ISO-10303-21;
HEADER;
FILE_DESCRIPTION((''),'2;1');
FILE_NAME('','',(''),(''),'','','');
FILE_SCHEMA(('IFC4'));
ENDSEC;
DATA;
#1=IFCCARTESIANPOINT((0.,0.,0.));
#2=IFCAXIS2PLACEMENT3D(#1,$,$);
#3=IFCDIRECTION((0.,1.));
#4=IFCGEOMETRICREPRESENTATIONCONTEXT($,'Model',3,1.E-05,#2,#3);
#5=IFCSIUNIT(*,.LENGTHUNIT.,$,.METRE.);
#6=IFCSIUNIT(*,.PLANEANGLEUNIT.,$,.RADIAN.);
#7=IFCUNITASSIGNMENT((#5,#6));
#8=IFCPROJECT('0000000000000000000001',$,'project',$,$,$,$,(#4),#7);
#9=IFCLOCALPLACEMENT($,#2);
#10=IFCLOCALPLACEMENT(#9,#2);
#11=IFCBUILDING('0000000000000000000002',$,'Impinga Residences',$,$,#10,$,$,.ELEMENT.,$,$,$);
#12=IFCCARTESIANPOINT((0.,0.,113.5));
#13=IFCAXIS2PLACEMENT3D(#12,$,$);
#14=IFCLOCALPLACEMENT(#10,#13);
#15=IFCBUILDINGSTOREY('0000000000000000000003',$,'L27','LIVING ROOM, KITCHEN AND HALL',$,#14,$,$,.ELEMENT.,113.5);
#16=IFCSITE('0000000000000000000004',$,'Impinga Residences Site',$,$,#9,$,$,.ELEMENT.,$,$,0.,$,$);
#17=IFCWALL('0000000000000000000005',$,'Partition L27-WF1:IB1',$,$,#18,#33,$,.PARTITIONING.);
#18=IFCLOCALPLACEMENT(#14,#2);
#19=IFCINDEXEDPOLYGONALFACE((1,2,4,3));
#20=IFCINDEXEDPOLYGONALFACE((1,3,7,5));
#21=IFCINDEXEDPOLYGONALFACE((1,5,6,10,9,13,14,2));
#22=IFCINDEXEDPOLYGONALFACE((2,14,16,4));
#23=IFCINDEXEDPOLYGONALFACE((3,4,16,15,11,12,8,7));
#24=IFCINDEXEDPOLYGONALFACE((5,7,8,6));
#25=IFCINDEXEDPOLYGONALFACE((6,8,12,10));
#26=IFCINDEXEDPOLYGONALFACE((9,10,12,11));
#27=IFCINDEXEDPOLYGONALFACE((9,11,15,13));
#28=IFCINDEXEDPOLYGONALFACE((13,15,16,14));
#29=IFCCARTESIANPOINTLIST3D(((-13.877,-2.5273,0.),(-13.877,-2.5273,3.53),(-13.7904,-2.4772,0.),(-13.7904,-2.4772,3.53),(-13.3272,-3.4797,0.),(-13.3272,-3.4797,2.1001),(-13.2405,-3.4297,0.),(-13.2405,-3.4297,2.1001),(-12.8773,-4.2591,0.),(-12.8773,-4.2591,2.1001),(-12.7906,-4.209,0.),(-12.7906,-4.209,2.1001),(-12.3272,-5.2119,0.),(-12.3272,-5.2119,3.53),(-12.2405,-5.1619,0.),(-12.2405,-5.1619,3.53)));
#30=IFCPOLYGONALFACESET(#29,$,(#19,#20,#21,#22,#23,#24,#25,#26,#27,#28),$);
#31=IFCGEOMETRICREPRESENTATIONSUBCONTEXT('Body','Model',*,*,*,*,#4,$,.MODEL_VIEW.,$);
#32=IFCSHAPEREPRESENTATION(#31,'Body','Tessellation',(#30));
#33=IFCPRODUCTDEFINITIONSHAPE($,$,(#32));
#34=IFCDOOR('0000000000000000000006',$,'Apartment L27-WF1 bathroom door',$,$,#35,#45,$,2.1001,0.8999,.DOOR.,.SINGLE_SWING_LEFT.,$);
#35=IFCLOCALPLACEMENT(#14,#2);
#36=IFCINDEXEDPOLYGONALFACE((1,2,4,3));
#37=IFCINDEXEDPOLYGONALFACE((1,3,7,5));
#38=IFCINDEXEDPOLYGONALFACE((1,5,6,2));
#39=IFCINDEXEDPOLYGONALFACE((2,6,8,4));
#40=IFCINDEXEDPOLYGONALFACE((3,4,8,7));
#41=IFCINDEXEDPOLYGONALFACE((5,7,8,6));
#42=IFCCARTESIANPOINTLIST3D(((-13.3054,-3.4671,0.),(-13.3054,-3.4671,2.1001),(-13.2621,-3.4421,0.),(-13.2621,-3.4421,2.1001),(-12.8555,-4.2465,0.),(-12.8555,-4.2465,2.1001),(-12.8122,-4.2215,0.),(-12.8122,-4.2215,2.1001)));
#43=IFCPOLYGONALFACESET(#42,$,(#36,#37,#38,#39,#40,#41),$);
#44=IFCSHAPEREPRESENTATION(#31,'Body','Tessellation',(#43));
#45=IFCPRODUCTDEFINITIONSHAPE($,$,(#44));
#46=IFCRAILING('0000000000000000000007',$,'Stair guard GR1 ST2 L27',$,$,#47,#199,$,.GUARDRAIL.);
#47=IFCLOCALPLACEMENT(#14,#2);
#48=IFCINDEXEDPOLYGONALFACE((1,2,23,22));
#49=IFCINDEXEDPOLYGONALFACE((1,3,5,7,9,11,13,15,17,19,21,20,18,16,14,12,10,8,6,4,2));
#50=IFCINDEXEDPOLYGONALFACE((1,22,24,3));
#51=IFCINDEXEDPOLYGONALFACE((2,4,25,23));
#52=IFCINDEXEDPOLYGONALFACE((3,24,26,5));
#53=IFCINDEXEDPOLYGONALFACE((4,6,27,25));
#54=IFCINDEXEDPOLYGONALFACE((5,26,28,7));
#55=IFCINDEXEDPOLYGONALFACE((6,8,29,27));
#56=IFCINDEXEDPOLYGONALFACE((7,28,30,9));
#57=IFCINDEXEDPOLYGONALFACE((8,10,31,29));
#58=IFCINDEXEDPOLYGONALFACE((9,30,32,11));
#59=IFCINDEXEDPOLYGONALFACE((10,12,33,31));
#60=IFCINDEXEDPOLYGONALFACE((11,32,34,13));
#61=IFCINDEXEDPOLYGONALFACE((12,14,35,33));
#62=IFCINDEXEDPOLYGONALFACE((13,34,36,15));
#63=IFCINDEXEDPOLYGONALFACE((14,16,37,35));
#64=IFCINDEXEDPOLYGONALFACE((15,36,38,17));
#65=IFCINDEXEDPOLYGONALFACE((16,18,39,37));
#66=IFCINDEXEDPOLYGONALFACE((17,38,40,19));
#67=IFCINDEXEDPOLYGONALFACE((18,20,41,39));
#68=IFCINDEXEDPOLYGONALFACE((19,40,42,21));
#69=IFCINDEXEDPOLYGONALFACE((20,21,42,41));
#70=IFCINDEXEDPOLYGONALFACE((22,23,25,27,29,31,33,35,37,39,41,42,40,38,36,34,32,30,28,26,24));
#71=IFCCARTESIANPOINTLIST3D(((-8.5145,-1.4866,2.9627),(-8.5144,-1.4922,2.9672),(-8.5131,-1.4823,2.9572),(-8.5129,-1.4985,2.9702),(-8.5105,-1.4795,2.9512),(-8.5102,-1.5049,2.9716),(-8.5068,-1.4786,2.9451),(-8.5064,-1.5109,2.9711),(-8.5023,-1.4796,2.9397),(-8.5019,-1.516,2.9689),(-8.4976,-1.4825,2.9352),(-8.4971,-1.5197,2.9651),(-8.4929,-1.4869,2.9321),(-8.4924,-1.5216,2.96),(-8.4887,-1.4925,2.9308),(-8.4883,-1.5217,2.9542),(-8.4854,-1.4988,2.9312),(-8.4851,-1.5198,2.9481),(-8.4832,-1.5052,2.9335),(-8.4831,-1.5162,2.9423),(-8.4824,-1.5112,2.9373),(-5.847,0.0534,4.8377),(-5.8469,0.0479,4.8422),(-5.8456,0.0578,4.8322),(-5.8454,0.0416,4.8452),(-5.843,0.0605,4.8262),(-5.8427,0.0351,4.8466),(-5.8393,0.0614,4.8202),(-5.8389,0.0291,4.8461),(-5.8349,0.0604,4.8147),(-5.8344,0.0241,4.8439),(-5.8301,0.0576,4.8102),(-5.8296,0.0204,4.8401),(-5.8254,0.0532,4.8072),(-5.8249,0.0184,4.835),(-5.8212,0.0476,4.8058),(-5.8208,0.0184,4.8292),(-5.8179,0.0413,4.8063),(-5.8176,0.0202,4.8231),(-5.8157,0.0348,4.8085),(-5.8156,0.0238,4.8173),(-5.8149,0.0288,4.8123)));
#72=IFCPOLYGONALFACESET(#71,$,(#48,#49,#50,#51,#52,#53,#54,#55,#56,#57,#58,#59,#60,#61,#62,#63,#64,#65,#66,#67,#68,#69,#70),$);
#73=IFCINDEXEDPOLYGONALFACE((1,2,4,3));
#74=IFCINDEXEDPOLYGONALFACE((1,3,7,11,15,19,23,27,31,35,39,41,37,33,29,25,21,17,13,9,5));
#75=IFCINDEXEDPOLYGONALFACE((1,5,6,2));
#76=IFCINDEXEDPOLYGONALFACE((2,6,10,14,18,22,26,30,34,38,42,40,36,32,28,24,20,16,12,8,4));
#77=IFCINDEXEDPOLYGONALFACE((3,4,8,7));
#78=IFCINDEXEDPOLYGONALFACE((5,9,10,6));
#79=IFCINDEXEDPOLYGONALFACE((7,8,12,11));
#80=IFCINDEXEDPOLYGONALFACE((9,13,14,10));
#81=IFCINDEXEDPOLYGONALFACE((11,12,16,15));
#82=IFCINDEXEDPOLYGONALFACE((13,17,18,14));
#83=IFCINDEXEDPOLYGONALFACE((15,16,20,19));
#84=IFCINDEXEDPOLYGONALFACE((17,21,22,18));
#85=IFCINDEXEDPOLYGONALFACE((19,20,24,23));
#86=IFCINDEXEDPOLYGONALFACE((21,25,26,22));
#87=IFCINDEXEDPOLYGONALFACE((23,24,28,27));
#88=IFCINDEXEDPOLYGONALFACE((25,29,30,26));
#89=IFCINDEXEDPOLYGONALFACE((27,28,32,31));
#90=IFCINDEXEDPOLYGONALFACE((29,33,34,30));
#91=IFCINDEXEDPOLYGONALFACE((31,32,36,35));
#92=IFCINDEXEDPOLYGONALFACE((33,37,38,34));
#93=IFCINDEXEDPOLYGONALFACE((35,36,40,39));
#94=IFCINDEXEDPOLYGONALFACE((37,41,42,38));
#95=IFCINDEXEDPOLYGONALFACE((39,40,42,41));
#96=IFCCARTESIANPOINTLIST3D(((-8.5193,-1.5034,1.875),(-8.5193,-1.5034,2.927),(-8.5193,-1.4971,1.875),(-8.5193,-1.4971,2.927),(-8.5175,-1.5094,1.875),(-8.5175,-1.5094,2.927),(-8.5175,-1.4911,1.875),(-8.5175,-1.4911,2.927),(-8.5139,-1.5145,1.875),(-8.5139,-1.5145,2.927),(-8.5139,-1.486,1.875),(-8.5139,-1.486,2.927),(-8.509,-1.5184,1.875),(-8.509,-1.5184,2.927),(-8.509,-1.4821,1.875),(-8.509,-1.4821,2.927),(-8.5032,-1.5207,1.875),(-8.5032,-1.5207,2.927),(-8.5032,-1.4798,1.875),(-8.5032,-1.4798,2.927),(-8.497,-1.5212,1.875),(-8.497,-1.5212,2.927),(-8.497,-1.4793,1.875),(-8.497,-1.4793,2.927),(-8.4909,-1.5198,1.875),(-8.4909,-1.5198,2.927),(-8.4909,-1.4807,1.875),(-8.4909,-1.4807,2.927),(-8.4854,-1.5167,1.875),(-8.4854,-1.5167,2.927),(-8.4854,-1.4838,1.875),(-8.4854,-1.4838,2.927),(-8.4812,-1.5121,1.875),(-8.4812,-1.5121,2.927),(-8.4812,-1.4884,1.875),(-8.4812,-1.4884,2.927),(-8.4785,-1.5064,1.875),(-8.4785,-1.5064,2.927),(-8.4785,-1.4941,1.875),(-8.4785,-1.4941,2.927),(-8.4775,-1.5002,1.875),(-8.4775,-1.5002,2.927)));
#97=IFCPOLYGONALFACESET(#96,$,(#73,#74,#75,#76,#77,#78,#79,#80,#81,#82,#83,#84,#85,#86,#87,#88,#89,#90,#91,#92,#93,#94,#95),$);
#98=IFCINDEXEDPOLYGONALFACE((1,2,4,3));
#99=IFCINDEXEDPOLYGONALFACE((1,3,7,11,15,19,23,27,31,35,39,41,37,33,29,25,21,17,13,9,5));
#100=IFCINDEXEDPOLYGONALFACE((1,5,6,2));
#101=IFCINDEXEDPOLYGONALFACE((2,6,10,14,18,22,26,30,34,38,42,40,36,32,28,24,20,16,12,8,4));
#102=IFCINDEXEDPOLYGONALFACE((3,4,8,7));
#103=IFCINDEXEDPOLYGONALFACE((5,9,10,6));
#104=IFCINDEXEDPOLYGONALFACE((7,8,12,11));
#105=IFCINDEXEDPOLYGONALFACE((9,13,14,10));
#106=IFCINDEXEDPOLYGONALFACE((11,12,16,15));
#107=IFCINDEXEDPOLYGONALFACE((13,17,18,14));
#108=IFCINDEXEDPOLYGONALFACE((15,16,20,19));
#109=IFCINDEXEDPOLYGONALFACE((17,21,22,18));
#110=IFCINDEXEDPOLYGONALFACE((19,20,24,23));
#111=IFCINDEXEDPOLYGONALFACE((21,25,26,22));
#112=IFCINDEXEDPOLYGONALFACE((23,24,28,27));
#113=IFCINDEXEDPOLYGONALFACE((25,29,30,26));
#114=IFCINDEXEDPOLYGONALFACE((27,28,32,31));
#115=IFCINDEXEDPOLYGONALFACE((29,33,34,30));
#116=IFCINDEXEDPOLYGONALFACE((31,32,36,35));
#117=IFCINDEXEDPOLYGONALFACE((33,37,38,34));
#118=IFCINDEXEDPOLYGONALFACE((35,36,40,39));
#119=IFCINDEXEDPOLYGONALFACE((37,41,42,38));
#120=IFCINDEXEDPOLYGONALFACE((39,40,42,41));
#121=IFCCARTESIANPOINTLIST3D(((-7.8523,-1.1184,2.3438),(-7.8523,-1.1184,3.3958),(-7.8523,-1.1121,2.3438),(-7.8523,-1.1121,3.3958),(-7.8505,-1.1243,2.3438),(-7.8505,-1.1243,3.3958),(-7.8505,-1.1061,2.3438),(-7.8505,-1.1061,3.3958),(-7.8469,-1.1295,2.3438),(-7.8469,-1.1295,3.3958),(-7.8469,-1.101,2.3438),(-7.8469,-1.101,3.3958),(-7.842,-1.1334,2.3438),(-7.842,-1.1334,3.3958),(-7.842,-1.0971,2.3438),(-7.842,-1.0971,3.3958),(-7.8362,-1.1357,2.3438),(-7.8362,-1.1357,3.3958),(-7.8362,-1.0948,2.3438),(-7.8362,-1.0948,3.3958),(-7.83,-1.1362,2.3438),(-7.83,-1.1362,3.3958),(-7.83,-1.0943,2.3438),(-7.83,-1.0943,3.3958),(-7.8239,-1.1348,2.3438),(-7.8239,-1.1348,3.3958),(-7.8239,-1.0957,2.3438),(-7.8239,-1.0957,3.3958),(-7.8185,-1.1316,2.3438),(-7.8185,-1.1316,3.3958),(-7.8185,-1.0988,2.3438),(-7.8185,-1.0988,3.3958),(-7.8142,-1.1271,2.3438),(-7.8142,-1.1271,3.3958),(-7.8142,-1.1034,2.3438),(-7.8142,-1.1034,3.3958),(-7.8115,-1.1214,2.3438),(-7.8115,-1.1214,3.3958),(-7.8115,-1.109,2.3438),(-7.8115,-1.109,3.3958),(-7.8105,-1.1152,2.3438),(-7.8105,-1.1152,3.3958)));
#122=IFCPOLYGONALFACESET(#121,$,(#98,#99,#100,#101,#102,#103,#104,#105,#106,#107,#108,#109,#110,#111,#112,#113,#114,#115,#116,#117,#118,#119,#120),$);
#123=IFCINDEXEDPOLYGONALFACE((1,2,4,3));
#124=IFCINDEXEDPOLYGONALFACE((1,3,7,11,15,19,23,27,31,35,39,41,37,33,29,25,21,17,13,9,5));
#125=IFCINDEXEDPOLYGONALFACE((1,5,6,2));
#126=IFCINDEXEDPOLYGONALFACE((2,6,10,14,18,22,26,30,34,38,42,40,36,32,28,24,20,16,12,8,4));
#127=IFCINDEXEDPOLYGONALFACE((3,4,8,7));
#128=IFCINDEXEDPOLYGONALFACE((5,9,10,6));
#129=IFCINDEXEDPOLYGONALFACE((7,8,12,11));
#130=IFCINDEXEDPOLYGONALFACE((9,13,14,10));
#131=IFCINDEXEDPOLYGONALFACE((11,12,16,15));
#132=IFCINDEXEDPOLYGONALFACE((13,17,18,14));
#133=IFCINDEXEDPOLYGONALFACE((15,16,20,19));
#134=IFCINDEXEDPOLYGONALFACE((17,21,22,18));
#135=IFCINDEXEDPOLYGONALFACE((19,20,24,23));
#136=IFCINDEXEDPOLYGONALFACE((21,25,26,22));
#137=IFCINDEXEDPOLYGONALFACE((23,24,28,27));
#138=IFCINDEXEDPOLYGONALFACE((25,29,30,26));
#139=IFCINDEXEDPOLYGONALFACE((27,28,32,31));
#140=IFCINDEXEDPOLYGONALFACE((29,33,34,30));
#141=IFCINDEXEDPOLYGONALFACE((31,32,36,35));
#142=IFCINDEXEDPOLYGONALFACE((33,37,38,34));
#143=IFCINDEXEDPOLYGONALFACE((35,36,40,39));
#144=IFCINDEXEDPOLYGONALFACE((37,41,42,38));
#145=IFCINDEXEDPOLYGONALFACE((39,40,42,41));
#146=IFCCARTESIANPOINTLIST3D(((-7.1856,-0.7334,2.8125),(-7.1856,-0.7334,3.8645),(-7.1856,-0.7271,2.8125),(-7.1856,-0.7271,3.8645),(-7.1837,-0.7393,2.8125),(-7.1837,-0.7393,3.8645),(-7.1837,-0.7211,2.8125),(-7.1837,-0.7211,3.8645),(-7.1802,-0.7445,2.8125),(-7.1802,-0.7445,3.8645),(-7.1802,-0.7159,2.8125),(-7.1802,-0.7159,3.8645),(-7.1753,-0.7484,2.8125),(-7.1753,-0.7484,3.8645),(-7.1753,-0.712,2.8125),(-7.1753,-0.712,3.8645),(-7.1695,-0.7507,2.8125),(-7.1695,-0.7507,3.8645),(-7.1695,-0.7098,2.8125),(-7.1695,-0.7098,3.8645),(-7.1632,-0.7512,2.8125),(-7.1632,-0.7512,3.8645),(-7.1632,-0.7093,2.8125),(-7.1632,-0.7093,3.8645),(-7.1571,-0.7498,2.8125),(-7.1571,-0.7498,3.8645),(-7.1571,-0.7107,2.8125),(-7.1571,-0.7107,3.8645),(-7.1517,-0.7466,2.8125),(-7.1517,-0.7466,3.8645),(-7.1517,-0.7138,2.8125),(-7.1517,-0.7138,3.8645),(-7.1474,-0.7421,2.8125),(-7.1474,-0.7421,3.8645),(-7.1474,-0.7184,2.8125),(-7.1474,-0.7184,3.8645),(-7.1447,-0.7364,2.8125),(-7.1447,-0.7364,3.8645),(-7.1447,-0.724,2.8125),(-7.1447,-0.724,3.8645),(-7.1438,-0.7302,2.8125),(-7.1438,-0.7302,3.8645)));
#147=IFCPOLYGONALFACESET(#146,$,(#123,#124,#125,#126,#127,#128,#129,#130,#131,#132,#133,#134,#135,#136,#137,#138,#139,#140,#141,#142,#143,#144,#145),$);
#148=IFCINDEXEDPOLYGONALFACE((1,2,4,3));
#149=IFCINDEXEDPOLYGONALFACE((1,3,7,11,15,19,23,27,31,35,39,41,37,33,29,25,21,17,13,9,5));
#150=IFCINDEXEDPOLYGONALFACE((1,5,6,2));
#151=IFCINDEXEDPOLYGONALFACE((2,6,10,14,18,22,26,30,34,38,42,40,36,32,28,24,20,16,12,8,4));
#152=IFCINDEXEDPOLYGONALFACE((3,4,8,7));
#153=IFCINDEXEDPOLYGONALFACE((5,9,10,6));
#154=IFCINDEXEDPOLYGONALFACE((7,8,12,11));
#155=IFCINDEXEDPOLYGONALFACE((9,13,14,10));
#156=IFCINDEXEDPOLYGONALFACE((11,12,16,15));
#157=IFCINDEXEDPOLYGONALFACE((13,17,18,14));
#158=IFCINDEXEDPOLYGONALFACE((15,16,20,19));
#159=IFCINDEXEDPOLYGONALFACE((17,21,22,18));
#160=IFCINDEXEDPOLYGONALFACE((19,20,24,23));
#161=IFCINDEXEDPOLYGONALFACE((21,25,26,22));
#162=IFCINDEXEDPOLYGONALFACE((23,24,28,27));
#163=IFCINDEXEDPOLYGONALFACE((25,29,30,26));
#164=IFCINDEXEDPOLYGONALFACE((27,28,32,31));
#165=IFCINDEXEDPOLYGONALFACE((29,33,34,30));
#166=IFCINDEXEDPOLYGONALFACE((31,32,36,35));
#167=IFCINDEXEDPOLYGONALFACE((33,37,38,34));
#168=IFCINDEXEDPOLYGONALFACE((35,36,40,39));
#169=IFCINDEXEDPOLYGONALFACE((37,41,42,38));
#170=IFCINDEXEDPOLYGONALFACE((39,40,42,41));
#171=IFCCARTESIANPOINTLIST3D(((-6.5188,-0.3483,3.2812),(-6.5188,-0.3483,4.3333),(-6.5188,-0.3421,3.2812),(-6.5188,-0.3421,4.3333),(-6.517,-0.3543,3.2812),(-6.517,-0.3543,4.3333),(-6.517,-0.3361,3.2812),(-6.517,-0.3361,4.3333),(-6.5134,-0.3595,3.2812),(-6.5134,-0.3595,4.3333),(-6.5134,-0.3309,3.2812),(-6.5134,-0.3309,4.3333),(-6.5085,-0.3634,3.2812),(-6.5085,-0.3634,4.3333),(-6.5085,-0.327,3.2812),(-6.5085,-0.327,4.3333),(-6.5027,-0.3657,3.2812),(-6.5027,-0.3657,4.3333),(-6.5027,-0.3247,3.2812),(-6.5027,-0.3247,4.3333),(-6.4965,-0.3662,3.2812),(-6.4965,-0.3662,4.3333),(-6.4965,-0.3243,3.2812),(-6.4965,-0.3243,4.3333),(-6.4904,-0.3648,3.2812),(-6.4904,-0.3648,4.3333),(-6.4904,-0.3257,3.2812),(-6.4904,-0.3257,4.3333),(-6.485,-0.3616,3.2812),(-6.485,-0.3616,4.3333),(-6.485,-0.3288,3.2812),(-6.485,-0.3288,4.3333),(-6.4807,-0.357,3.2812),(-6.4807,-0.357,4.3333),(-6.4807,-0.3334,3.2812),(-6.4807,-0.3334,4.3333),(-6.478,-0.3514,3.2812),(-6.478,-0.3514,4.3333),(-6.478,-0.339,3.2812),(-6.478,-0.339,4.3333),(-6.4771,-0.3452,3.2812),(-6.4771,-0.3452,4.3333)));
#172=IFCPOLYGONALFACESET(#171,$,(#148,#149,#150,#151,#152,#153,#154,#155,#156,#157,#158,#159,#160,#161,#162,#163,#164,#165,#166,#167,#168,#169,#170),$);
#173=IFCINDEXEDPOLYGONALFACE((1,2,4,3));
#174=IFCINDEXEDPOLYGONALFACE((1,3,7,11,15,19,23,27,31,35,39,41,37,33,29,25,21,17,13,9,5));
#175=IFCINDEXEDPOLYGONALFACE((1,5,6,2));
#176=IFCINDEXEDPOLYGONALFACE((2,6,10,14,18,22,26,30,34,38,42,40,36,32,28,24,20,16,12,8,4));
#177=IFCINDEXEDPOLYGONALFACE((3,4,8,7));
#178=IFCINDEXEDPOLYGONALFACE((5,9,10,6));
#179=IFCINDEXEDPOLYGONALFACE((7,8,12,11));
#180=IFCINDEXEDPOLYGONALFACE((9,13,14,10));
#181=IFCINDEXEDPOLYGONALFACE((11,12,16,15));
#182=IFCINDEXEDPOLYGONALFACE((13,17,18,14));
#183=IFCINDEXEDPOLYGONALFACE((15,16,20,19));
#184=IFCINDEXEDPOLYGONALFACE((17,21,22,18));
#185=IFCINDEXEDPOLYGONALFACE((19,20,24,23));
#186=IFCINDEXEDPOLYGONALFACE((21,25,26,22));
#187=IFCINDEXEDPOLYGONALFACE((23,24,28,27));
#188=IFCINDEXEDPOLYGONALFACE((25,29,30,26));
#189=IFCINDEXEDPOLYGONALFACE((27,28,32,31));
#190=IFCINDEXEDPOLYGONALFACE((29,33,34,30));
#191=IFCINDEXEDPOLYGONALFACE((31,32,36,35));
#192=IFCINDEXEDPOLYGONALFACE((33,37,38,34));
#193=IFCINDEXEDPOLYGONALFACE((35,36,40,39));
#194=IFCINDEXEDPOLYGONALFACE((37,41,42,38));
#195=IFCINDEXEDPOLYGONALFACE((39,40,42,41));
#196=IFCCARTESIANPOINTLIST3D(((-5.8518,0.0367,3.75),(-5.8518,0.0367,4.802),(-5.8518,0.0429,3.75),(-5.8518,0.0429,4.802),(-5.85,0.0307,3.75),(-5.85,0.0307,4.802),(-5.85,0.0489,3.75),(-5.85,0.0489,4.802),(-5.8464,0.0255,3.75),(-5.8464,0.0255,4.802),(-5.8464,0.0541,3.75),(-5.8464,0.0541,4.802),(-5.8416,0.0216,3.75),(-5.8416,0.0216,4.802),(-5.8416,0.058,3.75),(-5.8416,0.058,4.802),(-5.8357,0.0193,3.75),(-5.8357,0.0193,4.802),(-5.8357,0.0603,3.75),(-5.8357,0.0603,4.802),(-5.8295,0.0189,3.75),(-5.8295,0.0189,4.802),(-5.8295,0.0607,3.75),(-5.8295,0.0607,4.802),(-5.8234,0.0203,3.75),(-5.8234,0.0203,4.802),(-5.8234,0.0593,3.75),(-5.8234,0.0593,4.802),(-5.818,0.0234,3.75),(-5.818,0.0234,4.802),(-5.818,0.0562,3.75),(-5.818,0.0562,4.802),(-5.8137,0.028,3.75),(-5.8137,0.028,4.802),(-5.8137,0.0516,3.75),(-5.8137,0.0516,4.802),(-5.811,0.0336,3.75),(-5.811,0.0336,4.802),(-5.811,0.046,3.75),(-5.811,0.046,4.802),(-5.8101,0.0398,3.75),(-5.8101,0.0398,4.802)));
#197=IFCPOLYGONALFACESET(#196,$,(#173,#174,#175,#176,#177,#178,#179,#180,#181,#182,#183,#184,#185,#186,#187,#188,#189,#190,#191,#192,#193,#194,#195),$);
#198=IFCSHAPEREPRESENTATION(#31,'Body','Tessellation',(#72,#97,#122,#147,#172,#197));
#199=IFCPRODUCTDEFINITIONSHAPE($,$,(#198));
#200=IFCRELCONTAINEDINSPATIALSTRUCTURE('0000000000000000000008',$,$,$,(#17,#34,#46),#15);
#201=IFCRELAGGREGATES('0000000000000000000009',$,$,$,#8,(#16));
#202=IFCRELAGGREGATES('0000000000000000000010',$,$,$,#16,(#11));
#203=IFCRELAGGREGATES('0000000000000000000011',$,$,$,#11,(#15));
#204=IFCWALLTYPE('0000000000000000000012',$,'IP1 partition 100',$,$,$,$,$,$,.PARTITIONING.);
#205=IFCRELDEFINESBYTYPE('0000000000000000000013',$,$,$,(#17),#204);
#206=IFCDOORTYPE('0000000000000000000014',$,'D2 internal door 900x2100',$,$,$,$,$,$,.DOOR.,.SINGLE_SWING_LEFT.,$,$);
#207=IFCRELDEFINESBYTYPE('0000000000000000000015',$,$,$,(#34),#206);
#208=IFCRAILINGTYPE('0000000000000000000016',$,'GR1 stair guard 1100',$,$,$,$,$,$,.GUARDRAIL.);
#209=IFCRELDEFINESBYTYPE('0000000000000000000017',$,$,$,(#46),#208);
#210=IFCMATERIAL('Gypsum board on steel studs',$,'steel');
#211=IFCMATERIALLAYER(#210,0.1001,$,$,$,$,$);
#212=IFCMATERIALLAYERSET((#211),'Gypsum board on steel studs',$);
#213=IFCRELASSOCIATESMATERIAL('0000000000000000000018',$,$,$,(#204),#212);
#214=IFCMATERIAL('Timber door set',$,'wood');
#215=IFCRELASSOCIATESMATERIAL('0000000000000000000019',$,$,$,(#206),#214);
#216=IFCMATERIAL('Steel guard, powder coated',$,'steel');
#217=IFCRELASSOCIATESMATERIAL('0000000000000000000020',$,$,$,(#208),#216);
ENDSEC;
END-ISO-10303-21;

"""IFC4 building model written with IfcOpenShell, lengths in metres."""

from ifc_helpers import new_model, si_unit, direction, frame, frame_2d, origin, origin_2d, place, context, subcontext, project, spatial, rectangle, circle, extrude, material, layer, layer_set, type_object, element, fill, save


model = new_model("IFC4")

# Units and contexts
model_context = context("Model", 3, precision=1e-05, world=origin(), true_north=direction((0.0, 1.0)))
body_context = subcontext(model_context, "Body", "Model", "MODEL_VIEW")
ifc_project = project(units=[si_unit("LENGTHUNIT", "METRE"), si_unit("PLANEANGLEUNIT", "RADIAN")], contexts=[model_context])

# Site, building, storey
site_placement = place(None, origin())
site = spatial("IfcSite", under=ifc_project, at=site_placement, Name="Impinga Residences Site", CompositionType="ELEMENT", RefElevation=0.0)
building_placement = place(site_placement, origin())
building = spatial("IfcBuilding", under=site, at=building_placement, Name="Impinga Residences", CompositionType="ELEMENT")
storey_placement = place(building_placement, frame((0.0, 0.0, 113.5)))
storey = spatial("IfcBuildingStorey", under=building, at=storey_placement, Name="L27", Description="LIVING ROOM, KITCHEN AND HALL", CompositionType="ELEMENT", Elevation=113.5)

# Shared definitions
ifc_material_1 = material(Name="Timber door set", Category="wood")

# Shared definitions
ifc_material_2 = material(Name="Gypsum board on steel studs", Category="steel")
ifc_layer_1 = layer(ifc_material_2, 0.1001)
ifc_layer_set_1 = layer_set([ifc_layer_1], Name="Gypsum board on steel studs")
wall_type_1 = type_object("IfcWallType", Name="IP1 partition 100", PredefinedType="PARTITIONING", material=ifc_layer_set_1)
door_type_1 = type_object("IfcDoorType", Name="D2 internal door 900x2100", OperationType="SINGLE_SWING_LEFT", PredefinedType="DOOR", material=ifc_material_1)

# Wall, opening, door
wall_1_placement = place(storey_placement, frame((-12.2839, -5.1868, 0.0), z_axis=(0.0, 0.0, 1.0), x_axis=(-0.499968, 0.866044, 0.0)))
wall_1 = element("IfcWall", 1, at=wall_1_placement, inside=storey, type_object=wall_type_1, Name="Partition L27-WF1:IB1", PredefinedType="PARTITIONING", context=body_context, shape_type="SweptSolid", body=[
    extrude(rectangle(XDim=3.0999, YDim=0.1001, at=frame_2d((1.5498, 0.0))), origin(), (0.0, 0.0, 1.0), 3.53),
])
opening_1_placement = place(wall_1_placement, frame((1.1001, 0.0, 0.0)))
opening_1 = element("IfcOpeningElement", 2, at=opening_1_placement, cuts=wall_1, PredefinedType="OPENING", context=body_context, shape_type="SweptSolid", body=[
    extrude(rectangle(XDim=0.8999, YDim=2.1001, at=frame_2d((0.45, 1.05))), frame((0.0, 0.0601, 0.0), z_axis=(0.0, -1.0, 0.0), x_axis=(1.0, 0.0, 0.0)), (0.0, 0.0, 1.0), 0.1201),
])
door_1_placement = place(opening_1_placement, origin())
door_1 = element("IfcDoor", 3, at=door_1_placement, inside=storey, type_object=door_type_1, Name="Apartment L27-WF1 bathroom door", OperationType="SINGLE_SWING_LEFT", OverallHeight=2.1001, OverallWidth=0.8999, PredefinedType="DOOR", context=body_context, shape_type="SweptSolid", body=[
    extrude(rectangle(XDim=0.8999, YDim=2.1001, at=frame_2d((0.45, 1.05))), frame((0.0, 0.0249, 0.0), z_axis=(0.0, -1.0, 0.0), x_axis=(1.0, 0.0, 0.0)), (0.0, 0.0, 1.0), 0.05),
])
fill(opening_1, door_1)

# Railing
ifc_material_3 = material(Name="Steel guard, powder coated", Category="steel")
railing_type = type_object("IfcRailingType", Name="GR1 stair guard 1100", PredefinedType="GUARDRAIL", material=ifc_material_3)
railing_placement = place(storey_placement, frame((-8.4985, -1.5002, 1.875)))
element("IfcRailing", 4, at=railing_placement, inside=storey, type_object=railing_type, Name="Stair guard GR1 ST2 L27", PredefinedType="GUARDRAIL", context=body_context, shape_type="SweptSolid", body=[
    extrude(circle(Radius=0.0239, at=origin_2d()), frame((0.0, 0.0, 1.0762), z_axis=(0.739746, 0.427084, 0.519975), x_axis=(-0.499992, 0.86603, 0.0)), (0.0, 0.0, 1.0), 3.606),
    extrude(circle(Radius=0.021, at=origin_2d()), origin(), (0.0, 0.0, 1.0), 1.052),
    extrude(circle(Radius=0.021, at=origin_2d()), frame((0.667, 0.385, 0.4688)), (0.0, 0.0, 1.0), 1.052),
    extrude(circle(Radius=0.021, at=origin_2d()), frame((1.3337, 0.77, 0.9375)), (0.0, 0.0, 1.0), 1.052),
    extrude(circle(Radius=0.021, at=origin_2d()), frame((2.0005, 1.155, 1.4062)), (0.0, 0.0, 1.0), 1.052),
    extrude(circle(Radius=0.021, at=origin_2d()), frame((2.6675, 1.54, 1.875)), (0.0, 0.0, 1.0), 1.052),
])

save(model, "model.ifc")
